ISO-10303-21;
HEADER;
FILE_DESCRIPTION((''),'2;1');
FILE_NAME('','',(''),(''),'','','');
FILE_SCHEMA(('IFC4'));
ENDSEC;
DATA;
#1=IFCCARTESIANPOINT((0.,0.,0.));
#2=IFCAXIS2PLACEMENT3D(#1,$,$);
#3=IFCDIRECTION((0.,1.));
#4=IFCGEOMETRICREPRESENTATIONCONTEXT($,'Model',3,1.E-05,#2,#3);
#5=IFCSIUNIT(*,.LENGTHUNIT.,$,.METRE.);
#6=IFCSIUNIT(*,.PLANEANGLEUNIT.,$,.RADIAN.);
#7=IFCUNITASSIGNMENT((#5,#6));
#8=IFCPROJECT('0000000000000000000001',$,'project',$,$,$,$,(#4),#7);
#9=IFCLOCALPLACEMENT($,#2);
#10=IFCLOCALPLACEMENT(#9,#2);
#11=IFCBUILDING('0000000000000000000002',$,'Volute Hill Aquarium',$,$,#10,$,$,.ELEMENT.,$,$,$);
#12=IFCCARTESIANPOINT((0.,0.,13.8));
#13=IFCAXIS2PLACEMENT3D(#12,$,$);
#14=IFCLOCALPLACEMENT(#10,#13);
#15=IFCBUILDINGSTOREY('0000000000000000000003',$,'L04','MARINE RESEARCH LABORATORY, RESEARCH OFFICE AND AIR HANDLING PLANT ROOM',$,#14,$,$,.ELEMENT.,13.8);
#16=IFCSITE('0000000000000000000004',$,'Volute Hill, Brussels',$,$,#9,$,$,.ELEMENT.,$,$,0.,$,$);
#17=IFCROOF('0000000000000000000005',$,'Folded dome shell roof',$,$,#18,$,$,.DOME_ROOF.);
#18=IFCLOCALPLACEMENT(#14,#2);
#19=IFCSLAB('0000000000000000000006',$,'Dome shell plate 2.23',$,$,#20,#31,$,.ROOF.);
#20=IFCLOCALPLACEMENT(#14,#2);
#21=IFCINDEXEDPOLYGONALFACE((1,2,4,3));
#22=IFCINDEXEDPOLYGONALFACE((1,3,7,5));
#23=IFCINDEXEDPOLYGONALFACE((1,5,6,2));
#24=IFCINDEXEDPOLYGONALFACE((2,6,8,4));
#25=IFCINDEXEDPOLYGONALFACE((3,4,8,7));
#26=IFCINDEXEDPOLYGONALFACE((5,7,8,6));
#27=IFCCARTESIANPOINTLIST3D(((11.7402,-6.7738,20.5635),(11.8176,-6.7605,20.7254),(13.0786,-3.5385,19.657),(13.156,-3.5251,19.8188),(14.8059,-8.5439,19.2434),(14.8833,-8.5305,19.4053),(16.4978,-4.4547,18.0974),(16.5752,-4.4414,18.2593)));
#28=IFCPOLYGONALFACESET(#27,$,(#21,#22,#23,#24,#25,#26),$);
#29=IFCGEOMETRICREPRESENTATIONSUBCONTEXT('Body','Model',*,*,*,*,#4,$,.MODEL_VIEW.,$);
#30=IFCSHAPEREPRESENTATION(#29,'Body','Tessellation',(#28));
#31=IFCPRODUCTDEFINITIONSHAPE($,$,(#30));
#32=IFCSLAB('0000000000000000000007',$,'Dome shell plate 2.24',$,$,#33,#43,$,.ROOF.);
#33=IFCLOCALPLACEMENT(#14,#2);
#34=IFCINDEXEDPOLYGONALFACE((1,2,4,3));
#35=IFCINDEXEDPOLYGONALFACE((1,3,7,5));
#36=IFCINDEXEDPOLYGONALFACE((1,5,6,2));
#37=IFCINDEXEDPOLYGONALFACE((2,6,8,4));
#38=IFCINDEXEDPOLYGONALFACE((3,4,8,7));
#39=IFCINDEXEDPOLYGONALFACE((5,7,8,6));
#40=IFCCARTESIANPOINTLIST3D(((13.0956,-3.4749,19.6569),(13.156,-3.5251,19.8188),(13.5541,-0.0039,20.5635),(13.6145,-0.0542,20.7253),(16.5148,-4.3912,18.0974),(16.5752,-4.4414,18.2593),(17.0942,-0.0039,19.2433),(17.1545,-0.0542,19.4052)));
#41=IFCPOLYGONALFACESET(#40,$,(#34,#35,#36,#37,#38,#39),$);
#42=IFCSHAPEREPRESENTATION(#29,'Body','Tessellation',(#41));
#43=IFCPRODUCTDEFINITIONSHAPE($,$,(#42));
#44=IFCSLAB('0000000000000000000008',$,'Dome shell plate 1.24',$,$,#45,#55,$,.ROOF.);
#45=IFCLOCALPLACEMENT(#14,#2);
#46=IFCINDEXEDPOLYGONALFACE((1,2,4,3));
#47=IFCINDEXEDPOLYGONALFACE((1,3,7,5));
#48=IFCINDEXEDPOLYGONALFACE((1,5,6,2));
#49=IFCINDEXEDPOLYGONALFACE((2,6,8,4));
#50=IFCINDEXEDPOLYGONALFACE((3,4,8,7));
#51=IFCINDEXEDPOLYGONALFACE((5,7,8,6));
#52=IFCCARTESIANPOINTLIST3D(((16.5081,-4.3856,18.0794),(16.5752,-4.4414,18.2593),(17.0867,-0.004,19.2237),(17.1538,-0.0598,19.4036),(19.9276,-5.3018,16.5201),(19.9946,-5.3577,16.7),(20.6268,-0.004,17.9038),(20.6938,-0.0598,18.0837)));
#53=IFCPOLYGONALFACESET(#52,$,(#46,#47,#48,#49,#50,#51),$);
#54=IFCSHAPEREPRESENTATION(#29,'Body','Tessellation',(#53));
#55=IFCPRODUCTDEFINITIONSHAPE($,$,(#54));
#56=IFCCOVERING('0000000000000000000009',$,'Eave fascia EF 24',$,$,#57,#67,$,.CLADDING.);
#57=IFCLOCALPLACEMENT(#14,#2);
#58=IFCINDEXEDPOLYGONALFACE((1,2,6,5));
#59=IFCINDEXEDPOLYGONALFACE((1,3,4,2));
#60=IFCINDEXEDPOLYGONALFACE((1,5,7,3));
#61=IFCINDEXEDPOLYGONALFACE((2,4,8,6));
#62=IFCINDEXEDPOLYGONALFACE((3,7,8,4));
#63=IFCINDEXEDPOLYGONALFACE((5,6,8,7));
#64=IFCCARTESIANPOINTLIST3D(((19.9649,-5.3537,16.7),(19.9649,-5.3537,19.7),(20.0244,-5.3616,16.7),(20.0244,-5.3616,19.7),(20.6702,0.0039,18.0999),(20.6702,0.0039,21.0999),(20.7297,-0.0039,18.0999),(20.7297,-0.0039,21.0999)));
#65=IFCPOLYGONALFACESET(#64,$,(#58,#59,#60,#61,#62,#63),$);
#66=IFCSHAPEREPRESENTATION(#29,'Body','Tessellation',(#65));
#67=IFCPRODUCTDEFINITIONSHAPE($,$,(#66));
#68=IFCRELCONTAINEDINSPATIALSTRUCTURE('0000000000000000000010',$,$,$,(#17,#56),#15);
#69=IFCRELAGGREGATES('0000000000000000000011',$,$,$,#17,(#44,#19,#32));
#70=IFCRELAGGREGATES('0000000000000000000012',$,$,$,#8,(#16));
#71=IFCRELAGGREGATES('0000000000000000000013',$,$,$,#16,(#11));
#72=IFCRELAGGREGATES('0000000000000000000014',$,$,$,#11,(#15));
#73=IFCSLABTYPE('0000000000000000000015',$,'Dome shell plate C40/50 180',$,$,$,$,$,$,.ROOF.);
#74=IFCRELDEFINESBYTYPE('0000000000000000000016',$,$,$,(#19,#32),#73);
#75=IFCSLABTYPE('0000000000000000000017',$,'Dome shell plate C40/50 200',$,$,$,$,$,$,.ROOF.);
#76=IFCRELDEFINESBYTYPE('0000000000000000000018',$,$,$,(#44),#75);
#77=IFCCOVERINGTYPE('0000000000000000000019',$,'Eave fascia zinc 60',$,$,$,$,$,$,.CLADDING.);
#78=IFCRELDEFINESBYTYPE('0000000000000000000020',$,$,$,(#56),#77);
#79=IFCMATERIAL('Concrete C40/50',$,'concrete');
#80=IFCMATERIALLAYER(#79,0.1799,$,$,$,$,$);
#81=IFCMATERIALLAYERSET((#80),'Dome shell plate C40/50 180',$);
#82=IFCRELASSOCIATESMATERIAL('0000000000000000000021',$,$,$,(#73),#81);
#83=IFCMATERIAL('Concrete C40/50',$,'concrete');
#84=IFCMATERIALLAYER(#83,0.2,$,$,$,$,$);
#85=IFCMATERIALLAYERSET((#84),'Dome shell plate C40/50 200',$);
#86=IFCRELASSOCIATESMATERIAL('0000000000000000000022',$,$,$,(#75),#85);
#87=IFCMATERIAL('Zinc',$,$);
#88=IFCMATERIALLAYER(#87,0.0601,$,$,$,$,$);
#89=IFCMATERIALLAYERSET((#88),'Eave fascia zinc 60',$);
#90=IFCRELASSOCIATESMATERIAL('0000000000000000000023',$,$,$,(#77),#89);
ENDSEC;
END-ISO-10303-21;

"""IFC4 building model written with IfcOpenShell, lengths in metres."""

from ifc_helpers import new_model, si_unit, direction, frame, origin, place, context, subcontext, project, spatial, polyline, outline, extrude, material, layer, layer_set, type_object, element, aggregate, save


model = new_model("IFC4")

# Units and contexts
model_context = context("Model", 3, precision=1e-05, world=origin(), true_north=direction((0.0, 1.0)))
body_context = subcontext(model_context, "Body", "Model", "MODEL_VIEW")
ifc_project = project(units=[si_unit("LENGTHUNIT", "METRE"), si_unit("PLANEANGLEUNIT", "RADIAN")], contexts=[model_context])

# Site, building, storey
site_placement = place(None, origin())
site = spatial("IfcSite", under=ifc_project, at=site_placement, Name="Volute Hill, Brussels", CompositionType="ELEMENT", RefElevation=0.0)
building_placement = place(site_placement, origin())
building = spatial("IfcBuilding", under=site, at=building_placement, Name="Volute Hill Aquarium", CompositionType="ELEMENT")
storey_placement = place(building_placement, frame((0.0, 0.0, 13.8)))
storey = spatial("IfcBuildingStorey", under=building, at=storey_placement, Name="L04", Description="MARINE RESEARCH LABORATORY, RESEARCH OFFICE AND AIR HANDLING PLANT ROOM", CompositionType="ELEMENT", Elevation=13.8)

# Roof, slabs
roof_placement = place(storey_placement, origin())
roof = element("IfcRoof", 1, at=roof_placement, inside=storey, Name="Folded dome shell roof", PredefinedType="DOME_ROOF")
ifc_material_1 = material(Name="Concrete C40/50", Category="concrete")
ifc_layer_1 = layer(ifc_material_1, 0.1799)
ifc_layer_set_1 = layer_set([ifc_layer_1], Name="Dome shell plate C40/50 180")
slab_type_1 = type_object("IfcSlabType", Name="Dome shell plate C40/50 180", PredefinedType="ROOF", material=ifc_layer_set_1)
slab_1_placement = place(storey_placement, frame((14.8833, -8.5305, 19.4053), z_axis=(0.430213, 0.074124, 0.899679), x_axis=(0.370118, 0.894522, -0.250684)))
slab_1 = element("IfcSlab", 2, at=slab_1_placement, type_object=slab_type_1, Name="Dome shell plate 2.23", PredefinedType="ROOF", context=body_context, shape_type="SweptSolid", body=[
    extrude(outline(polyline([(0.0, 0.0), (4.5713, 0.0), (3.7344, 3.7765), (0.1177, 3.7762), (0.0, 0.0)])), origin(), (0.0, 0.0, -1.0), 0.1799),
])
slab_2_placement = place(storey_placement, frame((16.5752, -4.4414, 18.2593), z_axis=(0.335504, -0.279301, 0.899682), x_axis=(0.126732, 0.959738, 0.250684)))
slab_2 = element("IfcSlab", 3, at=slab_2_placement, type_object=slab_type_1, Name="Dome shell plate 2.24", PredefinedType="ROOF", context=body_context, shape_type="SweptSolid", body=[
    extrude(outline(polyline([(0.0, 0.0), (4.5713, 0.0), (4.4536, 3.7763), (0.837, 3.7765), (0.0, 0.0)])), origin(), (0.0, 0.0, -1.0), 0.1799),
])
ifc_material_2 = material(Name="Concrete C40/50", Category="concrete")
ifc_layer_2 = layer(ifc_material_2, 0.2)
ifc_layer_set_2 = layer_set([ifc_layer_2], Name="Dome shell plate C40/50 200")
slab_type_2 = type_object("IfcSlabType", Name="Dome shell plate C40/50 200", PredefinedType="ROOF", material=ifc_layer_set_2)
slab_3_placement = place(storey_placement, frame((19.9946, -5.3577, 16.7), z_axis=(0.335446, -0.279271, 0.899713), x_axis=(0.126667, 0.959747, 0.250679)))
slab_3 = element("IfcSlab", 4, at=slab_3_placement, type_object=slab_type_2, Name="Dome shell plate 1.24", PredefinedType="ROOF", context=body_context, shape_type="SweptSolid", body=[
    extrude(outline(polyline([(0.0, 0.0), (5.5201, 0.0), (5.4025, 3.7762), (0.8371, 3.7766), (0.0, 0.0)])), origin(), (0.0, 0.0, -1.0), 0.2),
])
aggregate(roof, [slab_3, slab_1, slab_2])

# Covering
ifc_material_3 = material(Name="Zinc")
ifc_layer_3 = layer(ifc_material_3, 0.0601)
ifc_layer_set_3 = layer_set([ifc_layer_3], Name="Eave fascia zinc 60")
covering_type = type_object("IfcCoveringType", Name="Eave fascia zinc 60", PredefinedType="CLADDING", material=ifc_layer_set_3)
covering_placement = place(storey_placement, frame((20.0244, -5.3616, 16.7), z_axis=(0.991446, -0.130521, 0.0), x_axis=(0.12635, 0.959764, 0.250776)))
element("IfcCovering", 5, at=covering_placement, inside=storey, type_object=covering_type, Name="Eave fascia EF 24", PredefinedType="CLADDING", context=body_context, shape_type="SweptSolid", body=[
    extrude(outline(polyline([(0.0, 0.0), (5.5823, 0.0), (6.3346, 2.9041), (0.7523, 2.9041), (0.0, 0.0)])), origin(), (0.0, 0.0, -1.0), 0.0601),
])

save(model, "model.ifc")
